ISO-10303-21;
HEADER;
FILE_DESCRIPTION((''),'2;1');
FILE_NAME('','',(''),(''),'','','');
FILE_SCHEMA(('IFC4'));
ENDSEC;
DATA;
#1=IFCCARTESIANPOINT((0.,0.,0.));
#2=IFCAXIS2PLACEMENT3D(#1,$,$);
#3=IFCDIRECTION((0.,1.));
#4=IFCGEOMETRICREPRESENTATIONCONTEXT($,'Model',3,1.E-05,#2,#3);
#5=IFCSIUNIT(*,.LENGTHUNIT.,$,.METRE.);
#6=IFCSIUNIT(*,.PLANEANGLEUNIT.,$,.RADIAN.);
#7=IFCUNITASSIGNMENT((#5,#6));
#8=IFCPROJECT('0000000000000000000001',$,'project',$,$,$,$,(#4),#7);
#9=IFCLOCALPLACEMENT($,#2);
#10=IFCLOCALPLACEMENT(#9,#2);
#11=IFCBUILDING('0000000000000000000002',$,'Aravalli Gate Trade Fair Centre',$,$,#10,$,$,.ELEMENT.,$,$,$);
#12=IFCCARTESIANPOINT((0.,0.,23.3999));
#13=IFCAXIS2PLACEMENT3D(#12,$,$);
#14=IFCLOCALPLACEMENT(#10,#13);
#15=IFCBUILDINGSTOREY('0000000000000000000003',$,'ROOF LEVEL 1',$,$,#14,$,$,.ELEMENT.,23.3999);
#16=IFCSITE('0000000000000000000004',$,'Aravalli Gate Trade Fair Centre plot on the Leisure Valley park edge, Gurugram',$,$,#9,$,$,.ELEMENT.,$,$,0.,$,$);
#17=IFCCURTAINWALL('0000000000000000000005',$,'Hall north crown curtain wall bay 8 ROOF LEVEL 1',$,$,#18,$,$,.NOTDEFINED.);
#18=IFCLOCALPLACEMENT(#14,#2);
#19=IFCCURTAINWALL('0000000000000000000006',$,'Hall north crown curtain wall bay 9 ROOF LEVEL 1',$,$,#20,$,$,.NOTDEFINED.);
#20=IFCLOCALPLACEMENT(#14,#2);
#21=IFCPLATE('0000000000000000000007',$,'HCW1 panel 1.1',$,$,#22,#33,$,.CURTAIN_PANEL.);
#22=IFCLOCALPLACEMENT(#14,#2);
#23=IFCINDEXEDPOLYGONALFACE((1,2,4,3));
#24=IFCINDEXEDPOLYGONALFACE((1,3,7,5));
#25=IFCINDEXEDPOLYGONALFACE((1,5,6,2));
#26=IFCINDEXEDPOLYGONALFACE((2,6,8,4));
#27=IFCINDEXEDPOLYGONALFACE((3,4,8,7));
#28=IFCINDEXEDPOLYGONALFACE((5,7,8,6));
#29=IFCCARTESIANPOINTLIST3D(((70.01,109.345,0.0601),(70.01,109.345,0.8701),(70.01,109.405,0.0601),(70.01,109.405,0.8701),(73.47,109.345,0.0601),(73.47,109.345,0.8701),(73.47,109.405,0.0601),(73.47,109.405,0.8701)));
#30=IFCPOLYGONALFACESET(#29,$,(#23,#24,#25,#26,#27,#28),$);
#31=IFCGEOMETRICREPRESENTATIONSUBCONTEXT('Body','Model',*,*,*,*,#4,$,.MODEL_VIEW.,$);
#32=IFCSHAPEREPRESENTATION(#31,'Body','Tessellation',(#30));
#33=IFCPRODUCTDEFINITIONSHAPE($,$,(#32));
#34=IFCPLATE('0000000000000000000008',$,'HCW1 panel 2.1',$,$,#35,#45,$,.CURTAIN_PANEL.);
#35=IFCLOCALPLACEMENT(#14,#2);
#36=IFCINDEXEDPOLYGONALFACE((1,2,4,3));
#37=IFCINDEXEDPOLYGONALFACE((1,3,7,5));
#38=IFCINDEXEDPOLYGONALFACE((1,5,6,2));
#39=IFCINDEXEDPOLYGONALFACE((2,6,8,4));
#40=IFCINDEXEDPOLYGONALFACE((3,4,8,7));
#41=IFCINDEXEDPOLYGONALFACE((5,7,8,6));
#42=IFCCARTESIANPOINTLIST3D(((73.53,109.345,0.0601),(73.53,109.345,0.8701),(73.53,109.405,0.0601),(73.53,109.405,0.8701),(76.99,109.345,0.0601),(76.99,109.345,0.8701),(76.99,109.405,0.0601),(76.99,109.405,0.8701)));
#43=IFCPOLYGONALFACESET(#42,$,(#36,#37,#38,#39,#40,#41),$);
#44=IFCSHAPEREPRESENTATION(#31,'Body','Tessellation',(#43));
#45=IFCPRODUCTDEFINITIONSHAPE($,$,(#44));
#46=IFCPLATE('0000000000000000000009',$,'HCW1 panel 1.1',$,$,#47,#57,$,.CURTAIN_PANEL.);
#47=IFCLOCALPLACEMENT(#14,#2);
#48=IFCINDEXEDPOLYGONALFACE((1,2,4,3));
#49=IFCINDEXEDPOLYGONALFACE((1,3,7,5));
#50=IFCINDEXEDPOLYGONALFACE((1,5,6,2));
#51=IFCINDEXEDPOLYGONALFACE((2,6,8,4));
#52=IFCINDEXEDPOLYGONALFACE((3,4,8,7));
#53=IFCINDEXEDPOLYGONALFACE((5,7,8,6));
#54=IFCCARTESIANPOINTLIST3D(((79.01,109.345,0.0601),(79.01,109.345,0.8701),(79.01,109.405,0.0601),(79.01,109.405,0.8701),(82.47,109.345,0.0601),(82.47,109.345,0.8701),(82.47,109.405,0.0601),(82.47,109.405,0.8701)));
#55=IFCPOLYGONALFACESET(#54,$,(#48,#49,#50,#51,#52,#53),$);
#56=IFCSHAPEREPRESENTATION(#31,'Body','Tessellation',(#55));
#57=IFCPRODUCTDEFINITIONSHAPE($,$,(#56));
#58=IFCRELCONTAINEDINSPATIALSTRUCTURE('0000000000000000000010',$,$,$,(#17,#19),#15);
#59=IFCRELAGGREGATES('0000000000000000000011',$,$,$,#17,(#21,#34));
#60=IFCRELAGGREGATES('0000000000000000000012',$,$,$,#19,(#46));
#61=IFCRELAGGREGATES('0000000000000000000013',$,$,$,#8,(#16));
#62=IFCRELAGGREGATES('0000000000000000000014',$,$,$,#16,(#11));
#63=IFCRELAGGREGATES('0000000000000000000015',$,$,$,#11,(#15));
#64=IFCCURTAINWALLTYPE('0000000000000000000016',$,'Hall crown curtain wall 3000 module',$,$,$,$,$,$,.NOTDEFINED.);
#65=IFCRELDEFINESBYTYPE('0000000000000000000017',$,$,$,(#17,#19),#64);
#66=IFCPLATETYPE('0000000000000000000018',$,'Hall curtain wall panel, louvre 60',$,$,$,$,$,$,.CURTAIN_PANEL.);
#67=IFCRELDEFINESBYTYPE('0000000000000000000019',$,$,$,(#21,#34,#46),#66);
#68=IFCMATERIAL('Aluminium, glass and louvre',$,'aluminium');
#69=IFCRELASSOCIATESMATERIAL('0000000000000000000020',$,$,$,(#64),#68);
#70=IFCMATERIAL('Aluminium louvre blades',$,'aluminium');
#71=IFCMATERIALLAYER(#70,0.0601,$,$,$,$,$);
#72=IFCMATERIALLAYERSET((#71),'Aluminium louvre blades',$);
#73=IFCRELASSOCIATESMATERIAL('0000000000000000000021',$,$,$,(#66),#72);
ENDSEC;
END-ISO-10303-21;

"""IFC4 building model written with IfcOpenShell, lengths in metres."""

from ifc_helpers import new_model, si_unit, direction, frame, origin, origin_2d, place, context, subcontext, project, spatial, rectangle, extrude, material, layer, layer_set, type_object, element, aggregate, save


model = new_model("IFC4")

# Units and contexts
model_context = context("Model", 3, precision=1e-05, world=origin(), true_north=direction((0.0, 1.0)))
body_context = subcontext(model_context, "Body", "Model", "MODEL_VIEW")
ifc_project = project(units=[si_unit("LENGTHUNIT", "METRE"), si_unit("PLANEANGLEUNIT", "RADIAN")], contexts=[model_context])

# Site, building, storey
site_placement = place(None, origin())
site = spatial("IfcSite", under=ifc_project, at=site_placement, Name="Aravalli Gate Trade Fair Centre plot on the Leisure Valley park edge, Gurugram", CompositionType="ELEMENT", RefElevation=0.0)
building_placement = place(site_placement, origin())
building = spatial("IfcBuilding", under=site, at=building_placement, Name="Aravalli Gate Trade Fair Centre", CompositionType="ELEMENT")
storey_placement = place(building_placement, frame((0.0, 0.0, 23.3999)))
storey = spatial("IfcBuildingStorey", under=building, at=storey_placement, Name="ROOF LEVEL 1", CompositionType="ELEMENT", Elevation=23.3999)

# Curtain walls
ifc_material_1 = material(Name="Aluminium, glass and louvre", Category="aluminium")
curtain_wall_type = type_object("IfcCurtainWallType", Name="Hall crown curtain wall 3000 module", PredefinedType="NOTDEFINED", material=ifc_material_1)
curtain_wall_1_placement = place(storey_placement, origin())
curtain_wall_1 = element("IfcCurtainWall", 1, at=curtain_wall_1_placement, inside=storey, type_object=curtain_wall_type, Name="Hall north crown curtain wall bay 8 ROOF LEVEL 1", PredefinedType="NOTDEFINED")
curtain_wall_2_placement = place(storey_placement, origin())
curtain_wall_2 = element("IfcCurtainWall", 2, at=curtain_wall_2_placement, inside=storey, type_object=curtain_wall_type, Name="Hall north crown curtain wall bay 9 ROOF LEVEL 1", PredefinedType="NOTDEFINED")

# Plates
ifc_material_2 = material(Name="Aluminium louvre blades", Category="aluminium")
ifc_layer_1 = layer(ifc_material_2, 0.0601)
ifc_layer_set_1 = layer_set([ifc_layer_1], Name="Aluminium louvre blades")
plate_type_1 = type_object("IfcPlateType", Name="Hall curtain wall panel, louvre 60", PredefinedType="CURTAIN_PANEL", material=ifc_layer_set_1)
plate_1_placement = place(storey_placement, frame((71.74, 109.375, 0.0601), z_axis=(0.0, 0.0, 1.0), x_axis=(1.0, 0.0, 0.0)))
plate_1 = element("IfcPlate", 3, at=plate_1_placement, type_object=plate_type_1, Name="HCW1 panel 1.1", PredefinedType="CURTAIN_PANEL", context=body_context, shape_type="SweptSolid", body=[
    extrude(rectangle(XDim=3.46, YDim=0.0601, at=origin_2d()), origin(), (0.0, 0.0, 1.0), 0.8101),
])
plate_2_placement = place(storey_placement, frame((75.26, 109.375, 0.0601), z_axis=(0.0, 0.0, 1.0), x_axis=(1.0, 0.0, 0.0)))
plate_2 = element("IfcPlate", 4, at=plate_2_placement, type_object=plate_type_1, Name="HCW1 panel 2.1", PredefinedType="CURTAIN_PANEL", context=body_context, shape_type="SweptSolid", body=[
    extrude(rectangle(XDim=3.46, YDim=0.0601, at=origin_2d()), origin(), (0.0, 0.0, 1.0), 0.8101),
])
aggregate(curtain_wall_1, [plate_1, plate_2])
plate_3_placement = place(storey_placement, frame((80.74, 109.375, 0.0601), z_axis=(0.0, 0.0, 1.0), x_axis=(1.0, 0.0, 0.0)))
plate_3 = element("IfcPlate", 5, at=plate_3_placement, type_object=plate_type_1, Name="HCW1 panel 1.1", PredefinedType="CURTAIN_PANEL", context=body_context, shape_type="SweptSolid", body=[
    extrude(rectangle(XDim=3.46, YDim=0.0601, at=origin_2d()), origin(), (0.0, 0.0, 1.0), 0.8101),
])
aggregate(curtain_wall_2, [plate_3])

save(model, "model.ifc")
